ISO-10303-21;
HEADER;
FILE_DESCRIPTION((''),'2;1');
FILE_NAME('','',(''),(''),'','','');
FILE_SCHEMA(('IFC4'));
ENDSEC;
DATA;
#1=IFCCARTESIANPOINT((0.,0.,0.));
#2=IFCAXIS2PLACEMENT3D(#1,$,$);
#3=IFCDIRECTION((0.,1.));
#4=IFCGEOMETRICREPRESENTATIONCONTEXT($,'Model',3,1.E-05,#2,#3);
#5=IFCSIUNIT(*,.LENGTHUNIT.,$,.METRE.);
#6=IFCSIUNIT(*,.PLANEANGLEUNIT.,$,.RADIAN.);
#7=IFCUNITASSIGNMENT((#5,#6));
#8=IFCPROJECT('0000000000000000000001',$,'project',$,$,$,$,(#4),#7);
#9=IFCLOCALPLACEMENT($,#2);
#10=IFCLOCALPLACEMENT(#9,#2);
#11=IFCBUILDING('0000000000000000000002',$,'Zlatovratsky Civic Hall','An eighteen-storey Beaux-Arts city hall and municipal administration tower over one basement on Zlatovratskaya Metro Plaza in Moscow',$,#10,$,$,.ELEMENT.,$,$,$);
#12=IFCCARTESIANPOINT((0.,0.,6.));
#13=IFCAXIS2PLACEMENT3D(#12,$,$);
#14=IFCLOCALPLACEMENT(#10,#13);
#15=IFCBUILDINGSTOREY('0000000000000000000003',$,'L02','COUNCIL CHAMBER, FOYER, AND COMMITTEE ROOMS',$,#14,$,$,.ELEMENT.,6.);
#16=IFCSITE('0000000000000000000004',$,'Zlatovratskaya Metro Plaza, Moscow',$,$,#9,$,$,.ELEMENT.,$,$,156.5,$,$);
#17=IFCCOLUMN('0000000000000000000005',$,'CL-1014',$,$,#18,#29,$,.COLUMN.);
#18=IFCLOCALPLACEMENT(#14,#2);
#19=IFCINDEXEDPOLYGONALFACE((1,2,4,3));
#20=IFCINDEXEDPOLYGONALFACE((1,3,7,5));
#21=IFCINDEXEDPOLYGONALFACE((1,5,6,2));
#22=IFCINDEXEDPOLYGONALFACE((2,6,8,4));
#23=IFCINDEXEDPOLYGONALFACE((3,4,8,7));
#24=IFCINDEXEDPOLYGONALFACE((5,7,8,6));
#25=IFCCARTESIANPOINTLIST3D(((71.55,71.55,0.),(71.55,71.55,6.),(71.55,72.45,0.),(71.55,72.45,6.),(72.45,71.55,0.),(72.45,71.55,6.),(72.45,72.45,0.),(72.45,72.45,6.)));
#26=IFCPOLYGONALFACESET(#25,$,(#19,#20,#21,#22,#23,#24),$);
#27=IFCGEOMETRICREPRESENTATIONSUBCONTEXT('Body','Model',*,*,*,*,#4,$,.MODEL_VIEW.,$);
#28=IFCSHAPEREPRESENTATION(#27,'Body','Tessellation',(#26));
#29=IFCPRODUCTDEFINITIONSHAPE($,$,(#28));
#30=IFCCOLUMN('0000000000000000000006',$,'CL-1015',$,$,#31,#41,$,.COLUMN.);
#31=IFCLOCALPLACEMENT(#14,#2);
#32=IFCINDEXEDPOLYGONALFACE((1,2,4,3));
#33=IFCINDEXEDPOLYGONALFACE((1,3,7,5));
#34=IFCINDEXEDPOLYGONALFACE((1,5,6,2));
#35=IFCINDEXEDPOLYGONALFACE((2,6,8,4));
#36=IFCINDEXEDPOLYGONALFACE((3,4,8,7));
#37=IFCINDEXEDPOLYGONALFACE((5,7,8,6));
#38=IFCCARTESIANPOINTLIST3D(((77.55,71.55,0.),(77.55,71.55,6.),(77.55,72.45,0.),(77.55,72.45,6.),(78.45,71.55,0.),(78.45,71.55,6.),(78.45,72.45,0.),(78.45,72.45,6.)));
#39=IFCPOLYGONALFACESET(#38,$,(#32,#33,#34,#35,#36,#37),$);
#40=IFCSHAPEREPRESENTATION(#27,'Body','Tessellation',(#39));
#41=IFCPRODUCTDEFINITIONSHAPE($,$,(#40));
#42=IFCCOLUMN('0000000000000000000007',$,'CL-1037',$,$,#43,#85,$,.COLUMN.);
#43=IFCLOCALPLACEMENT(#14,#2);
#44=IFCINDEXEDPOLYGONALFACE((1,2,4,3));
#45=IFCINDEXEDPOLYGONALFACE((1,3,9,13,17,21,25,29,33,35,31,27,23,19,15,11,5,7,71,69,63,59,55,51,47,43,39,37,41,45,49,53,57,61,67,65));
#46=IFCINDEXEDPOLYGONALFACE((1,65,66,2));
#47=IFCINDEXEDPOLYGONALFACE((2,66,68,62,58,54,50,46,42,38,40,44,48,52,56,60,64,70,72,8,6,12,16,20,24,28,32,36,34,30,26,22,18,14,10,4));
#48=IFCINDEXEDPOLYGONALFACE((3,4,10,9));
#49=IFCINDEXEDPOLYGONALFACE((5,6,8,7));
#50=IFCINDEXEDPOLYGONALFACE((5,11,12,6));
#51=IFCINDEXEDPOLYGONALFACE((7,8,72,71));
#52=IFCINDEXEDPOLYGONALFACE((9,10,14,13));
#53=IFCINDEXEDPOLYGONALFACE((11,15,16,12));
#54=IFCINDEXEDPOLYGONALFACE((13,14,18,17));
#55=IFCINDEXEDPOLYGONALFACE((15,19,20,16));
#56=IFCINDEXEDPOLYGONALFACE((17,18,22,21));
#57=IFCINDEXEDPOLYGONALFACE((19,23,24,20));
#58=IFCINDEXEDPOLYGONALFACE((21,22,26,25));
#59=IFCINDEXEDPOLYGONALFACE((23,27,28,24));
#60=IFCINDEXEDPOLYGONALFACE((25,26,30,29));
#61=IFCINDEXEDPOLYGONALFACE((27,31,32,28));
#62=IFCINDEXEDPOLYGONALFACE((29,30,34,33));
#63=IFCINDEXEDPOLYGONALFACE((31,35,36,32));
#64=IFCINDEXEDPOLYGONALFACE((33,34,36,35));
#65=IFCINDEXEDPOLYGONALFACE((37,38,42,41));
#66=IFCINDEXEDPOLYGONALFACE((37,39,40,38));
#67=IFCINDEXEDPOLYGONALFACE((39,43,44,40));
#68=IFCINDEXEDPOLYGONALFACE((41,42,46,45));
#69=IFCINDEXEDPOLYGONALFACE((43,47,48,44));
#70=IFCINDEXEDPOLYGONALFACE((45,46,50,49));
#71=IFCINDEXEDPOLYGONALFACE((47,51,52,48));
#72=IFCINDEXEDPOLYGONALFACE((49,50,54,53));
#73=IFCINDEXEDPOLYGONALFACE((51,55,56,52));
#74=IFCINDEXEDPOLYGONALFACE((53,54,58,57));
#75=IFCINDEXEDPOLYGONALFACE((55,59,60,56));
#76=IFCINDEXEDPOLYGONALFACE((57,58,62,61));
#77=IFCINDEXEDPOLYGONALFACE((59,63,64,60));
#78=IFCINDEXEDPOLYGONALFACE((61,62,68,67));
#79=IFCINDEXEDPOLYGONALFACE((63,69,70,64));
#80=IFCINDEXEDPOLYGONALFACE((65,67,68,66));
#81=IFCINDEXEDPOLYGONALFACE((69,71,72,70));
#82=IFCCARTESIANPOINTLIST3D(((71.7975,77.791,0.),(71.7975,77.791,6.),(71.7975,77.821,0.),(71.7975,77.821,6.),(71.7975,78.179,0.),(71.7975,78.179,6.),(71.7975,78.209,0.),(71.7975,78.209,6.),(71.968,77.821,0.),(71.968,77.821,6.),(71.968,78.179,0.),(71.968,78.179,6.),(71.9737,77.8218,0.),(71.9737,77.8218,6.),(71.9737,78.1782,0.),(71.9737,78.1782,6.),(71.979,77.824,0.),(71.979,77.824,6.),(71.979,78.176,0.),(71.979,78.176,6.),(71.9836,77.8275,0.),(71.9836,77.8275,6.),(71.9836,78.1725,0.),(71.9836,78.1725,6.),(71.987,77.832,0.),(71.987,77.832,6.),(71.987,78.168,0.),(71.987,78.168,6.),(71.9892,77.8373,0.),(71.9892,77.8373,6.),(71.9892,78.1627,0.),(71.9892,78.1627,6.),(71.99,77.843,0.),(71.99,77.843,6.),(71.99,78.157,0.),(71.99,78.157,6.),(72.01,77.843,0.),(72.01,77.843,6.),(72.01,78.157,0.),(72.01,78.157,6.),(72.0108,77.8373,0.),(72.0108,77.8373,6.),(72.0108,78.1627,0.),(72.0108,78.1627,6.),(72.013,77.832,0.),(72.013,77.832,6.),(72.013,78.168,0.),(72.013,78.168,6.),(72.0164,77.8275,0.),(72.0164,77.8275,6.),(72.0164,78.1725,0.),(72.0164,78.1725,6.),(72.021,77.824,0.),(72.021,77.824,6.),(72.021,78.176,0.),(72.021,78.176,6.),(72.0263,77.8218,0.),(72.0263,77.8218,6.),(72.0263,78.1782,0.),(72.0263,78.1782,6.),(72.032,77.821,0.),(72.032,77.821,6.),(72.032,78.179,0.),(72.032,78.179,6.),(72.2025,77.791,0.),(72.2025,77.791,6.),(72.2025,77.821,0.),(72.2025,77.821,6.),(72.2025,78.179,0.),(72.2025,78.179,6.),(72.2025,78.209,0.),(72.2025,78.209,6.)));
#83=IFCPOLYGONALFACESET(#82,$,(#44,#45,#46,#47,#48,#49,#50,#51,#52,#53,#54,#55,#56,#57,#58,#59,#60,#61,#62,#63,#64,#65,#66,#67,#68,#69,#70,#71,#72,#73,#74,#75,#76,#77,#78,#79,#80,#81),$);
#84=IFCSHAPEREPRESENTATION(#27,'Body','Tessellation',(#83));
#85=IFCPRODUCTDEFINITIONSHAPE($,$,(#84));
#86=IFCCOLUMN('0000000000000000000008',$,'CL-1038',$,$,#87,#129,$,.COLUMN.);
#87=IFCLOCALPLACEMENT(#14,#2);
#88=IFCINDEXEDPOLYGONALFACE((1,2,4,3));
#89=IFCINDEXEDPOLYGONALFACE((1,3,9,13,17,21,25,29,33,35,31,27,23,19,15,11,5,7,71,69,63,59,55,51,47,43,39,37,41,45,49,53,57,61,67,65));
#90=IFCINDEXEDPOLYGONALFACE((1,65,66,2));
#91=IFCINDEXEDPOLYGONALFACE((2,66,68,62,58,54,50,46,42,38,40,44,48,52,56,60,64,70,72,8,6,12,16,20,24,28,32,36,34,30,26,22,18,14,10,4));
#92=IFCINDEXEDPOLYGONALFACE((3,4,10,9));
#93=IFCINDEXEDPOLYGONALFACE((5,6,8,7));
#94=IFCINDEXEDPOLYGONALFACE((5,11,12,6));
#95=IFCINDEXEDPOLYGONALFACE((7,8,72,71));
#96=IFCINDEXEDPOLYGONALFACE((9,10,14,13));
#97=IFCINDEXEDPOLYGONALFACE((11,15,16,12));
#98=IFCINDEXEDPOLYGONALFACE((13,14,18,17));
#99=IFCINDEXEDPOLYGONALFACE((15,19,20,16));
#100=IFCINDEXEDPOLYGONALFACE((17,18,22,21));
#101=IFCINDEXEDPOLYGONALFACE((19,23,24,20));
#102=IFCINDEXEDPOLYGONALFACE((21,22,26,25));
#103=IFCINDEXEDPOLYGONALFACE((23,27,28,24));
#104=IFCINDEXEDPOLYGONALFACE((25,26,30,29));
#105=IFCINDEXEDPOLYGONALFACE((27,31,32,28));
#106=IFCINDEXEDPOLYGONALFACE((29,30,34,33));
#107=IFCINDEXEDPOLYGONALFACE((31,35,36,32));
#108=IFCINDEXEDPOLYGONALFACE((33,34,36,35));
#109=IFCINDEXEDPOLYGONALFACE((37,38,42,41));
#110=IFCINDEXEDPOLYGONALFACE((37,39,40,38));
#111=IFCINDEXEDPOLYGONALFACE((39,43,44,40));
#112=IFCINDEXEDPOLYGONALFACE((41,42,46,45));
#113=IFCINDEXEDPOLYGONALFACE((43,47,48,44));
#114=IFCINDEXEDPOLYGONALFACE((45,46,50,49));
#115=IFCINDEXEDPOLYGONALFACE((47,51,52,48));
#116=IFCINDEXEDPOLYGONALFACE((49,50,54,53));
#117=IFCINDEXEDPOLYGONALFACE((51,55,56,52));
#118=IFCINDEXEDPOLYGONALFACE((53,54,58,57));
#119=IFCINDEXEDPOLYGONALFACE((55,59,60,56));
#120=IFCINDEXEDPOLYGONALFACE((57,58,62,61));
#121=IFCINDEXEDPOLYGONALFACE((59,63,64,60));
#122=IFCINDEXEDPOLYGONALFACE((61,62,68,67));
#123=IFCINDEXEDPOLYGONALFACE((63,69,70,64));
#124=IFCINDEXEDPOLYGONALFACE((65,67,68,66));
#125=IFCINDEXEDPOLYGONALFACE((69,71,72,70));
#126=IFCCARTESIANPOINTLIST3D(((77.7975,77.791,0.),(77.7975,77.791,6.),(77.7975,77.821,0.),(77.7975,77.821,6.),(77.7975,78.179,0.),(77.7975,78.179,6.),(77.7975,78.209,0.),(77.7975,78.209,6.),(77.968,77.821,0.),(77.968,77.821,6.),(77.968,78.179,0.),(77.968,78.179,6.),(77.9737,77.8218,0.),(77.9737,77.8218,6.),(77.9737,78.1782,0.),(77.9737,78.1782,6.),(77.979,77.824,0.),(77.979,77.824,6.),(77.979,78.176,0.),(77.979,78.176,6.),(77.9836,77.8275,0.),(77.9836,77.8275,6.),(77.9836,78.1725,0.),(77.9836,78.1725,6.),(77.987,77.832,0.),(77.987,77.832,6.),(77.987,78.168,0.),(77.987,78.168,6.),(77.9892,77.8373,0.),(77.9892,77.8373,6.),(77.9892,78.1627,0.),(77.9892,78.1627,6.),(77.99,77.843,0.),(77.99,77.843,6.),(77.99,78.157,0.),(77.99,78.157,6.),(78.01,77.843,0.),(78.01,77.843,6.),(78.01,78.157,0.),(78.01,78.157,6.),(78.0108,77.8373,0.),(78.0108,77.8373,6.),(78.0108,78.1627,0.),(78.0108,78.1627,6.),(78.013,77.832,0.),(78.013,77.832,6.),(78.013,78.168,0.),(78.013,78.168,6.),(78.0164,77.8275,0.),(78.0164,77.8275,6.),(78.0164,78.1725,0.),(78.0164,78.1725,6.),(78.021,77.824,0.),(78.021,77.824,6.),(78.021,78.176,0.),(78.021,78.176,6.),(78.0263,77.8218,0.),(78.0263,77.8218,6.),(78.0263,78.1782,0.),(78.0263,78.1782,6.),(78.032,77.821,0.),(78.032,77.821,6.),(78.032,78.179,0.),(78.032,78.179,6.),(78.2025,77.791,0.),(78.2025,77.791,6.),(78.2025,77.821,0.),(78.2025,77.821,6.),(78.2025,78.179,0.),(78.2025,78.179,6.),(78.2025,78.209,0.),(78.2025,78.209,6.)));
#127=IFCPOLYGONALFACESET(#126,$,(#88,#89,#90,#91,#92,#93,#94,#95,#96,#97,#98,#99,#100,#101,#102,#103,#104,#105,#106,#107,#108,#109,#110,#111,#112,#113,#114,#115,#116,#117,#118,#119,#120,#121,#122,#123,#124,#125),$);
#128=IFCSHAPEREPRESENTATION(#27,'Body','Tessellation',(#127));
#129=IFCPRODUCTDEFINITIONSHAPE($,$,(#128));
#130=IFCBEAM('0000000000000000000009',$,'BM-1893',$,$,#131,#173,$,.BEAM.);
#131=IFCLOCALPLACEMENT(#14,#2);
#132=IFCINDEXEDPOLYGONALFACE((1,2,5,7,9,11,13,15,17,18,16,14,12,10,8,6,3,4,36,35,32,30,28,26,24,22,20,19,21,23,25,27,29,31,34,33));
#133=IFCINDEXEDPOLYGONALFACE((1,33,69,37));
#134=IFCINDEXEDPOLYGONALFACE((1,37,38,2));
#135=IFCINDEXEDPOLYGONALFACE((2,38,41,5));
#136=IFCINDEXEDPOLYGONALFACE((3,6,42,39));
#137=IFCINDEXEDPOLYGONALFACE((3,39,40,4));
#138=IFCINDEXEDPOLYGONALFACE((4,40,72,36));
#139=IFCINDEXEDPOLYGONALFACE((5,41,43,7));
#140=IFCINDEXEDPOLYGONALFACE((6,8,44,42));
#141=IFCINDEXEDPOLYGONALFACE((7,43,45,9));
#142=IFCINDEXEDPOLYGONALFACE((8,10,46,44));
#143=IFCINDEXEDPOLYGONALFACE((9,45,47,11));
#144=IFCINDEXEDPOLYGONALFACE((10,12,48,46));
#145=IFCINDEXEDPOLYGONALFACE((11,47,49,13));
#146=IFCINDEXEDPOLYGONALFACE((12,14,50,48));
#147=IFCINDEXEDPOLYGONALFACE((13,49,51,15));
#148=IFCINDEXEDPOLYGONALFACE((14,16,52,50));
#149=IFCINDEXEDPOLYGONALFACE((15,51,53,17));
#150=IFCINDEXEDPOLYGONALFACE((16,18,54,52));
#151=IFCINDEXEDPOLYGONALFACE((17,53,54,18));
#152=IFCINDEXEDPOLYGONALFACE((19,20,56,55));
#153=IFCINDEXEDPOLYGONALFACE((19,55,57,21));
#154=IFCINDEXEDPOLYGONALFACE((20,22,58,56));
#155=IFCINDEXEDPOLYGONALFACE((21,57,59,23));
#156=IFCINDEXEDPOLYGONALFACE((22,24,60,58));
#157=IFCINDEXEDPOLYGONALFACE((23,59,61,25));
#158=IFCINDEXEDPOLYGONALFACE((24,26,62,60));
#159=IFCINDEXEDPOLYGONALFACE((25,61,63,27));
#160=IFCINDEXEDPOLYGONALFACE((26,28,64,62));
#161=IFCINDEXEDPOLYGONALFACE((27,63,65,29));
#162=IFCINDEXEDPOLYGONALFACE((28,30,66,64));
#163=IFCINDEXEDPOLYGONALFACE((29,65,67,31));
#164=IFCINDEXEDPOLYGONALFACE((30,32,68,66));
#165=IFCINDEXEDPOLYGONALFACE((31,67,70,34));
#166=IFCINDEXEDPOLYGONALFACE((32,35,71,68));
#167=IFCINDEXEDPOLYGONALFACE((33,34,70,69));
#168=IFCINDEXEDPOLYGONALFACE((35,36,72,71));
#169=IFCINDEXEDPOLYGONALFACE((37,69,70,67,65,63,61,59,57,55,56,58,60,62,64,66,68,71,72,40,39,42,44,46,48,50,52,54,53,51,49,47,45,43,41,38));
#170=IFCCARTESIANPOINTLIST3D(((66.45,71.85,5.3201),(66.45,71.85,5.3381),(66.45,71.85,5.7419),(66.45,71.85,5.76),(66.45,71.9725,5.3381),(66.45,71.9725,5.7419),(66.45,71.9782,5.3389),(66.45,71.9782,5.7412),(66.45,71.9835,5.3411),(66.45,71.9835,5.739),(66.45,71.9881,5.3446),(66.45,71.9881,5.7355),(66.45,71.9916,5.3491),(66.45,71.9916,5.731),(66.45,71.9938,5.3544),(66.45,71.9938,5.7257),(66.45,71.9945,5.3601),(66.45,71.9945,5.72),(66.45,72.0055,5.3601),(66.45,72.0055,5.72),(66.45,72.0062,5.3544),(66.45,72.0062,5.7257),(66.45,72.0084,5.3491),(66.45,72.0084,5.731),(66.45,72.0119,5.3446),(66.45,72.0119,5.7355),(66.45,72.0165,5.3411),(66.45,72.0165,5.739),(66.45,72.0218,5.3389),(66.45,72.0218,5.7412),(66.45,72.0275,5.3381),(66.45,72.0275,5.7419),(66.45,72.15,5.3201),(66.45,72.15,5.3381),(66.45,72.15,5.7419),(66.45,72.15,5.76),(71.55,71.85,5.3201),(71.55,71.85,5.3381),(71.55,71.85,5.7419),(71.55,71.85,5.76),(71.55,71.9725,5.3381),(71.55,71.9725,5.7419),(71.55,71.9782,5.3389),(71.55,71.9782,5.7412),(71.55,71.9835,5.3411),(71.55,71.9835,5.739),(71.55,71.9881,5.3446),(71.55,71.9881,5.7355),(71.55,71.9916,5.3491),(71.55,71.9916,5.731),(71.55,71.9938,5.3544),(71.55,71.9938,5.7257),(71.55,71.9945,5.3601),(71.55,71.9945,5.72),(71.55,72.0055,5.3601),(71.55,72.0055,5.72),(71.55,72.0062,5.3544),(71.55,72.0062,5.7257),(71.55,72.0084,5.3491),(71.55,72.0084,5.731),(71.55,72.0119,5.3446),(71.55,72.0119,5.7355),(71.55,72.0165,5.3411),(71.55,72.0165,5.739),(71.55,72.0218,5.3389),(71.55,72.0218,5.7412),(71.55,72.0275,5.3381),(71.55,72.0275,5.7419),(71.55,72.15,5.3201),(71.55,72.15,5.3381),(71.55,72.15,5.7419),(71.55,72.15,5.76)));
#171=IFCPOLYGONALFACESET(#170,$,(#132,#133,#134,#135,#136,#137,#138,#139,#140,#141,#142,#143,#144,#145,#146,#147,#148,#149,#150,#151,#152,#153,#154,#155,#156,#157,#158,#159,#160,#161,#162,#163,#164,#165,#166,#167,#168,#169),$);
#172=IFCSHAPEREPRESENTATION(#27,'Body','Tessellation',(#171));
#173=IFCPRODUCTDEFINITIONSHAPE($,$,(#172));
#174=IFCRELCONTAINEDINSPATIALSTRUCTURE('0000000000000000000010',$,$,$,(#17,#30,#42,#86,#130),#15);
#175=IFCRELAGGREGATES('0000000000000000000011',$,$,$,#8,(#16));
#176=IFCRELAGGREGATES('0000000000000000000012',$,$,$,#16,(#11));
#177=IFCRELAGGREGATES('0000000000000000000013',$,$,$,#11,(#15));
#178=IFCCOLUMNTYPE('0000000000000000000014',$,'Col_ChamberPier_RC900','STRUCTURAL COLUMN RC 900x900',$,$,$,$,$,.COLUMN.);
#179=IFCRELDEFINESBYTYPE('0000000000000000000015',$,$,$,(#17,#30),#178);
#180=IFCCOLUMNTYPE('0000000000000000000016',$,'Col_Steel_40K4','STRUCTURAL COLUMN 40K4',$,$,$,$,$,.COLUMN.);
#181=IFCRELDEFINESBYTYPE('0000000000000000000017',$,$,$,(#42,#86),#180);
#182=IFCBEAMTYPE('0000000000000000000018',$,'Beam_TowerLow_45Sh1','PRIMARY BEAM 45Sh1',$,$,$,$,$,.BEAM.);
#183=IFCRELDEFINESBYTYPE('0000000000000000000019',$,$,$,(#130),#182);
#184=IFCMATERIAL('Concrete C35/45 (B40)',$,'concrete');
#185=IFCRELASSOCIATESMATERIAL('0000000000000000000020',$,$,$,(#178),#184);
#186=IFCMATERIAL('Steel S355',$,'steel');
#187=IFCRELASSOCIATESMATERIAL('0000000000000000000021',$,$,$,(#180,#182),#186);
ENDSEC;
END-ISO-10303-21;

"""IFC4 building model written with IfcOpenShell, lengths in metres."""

from ifc_helpers import new_model, si_unit, direction, frame, origin, origin_2d, place, context, subcontext, project, spatial, rectangle, i_section, extrude, material, material_profile, profile_set, type_object, element, save


model = new_model("IFC4")

# Units and contexts
model_context = context("Model", 3, precision=1e-05, world=origin(), true_north=direction((0.0, 1.0)))
body_context = subcontext(model_context, "Body", "Model", "MODEL_VIEW")
ifc_project = project(units=[si_unit("LENGTHUNIT", "METRE"), si_unit("PLANEANGLEUNIT", "RADIAN")], contexts=[model_context])

# Site, building, storey
site_placement = place(None, origin())
site = spatial("IfcSite", under=ifc_project, at=site_placement, Name="Zlatovratskaya Metro Plaza, Moscow", CompositionType="ELEMENT", RefElevation=156.5)
building_placement = place(site_placement, origin())
building = spatial("IfcBuilding", under=site, at=building_placement, Name="Zlatovratsky Civic Hall", Description="An eighteen-storey Beaux-Arts city hall and municipal administration tower over one basement on Zlatovratskaya Metro Plaza in Moscow", CompositionType="ELEMENT")
storey_placement = place(building_placement, frame((0.0, 0.0, 6.0)))
storey = spatial("IfcBuildingStorey", under=building, at=storey_placement, Name="L02", Description="COUNCIL CHAMBER, FOYER, AND COMMITTEE ROOMS", CompositionType="ELEMENT", Elevation=6.0)

# Columns
ifc_material_1 = material(Name="Concrete C35/45 (B40)", Category="concrete")
ifc_material_profile_1 = material_profile(ifc_material_1, rectangle(XDim=0.8999, YDim=0.8999, at=origin_2d()), Name="RC 900x900")
ifc_profile_set_1 = profile_set([ifc_material_profile_1], Name="Concrete C35/45 (B40)")
column_type_1 = type_object("IfcColumnType", Name="Col_ChamberPier_RC900", Description="STRUCTURAL COLUMN RC 900x900", PredefinedType="COLUMN", material=ifc_profile_set_1)
for number, where, z_axis, x_axis, name in (
    (1, (72.0, 72.0, 0.0), (0.0, 0.0, 1.0), (1.0, 0.0, 0.0), "CL-1014"),
    (2, (78.0, 72.0, 0.0), (0.0, 0.0, 1.0), (1.0, 0.0, 0.0), "CL-1015"),
):
    element("IfcColumn", number, at=place(storey_placement, frame(where, z_axis=z_axis, x_axis=x_axis)), inside=storey, type_object=column_type_1, Name=name, PredefinedType="COLUMN", context=body_context, shape_type="SweptSolid", body=[
        extrude(rectangle(XDim=0.8999, YDim=0.8999, at=origin_2d()), origin(), (0.0, 0.0, 1.0), 6.0),
    ])
ifc_material_2 = material(Name="Steel S355", Category="steel")
ifc_material_profile_2 = material_profile(ifc_material_2, i_section(OverallWidth=0.405, OverallDepth=0.418, WebThickness=0.02, FlangeThickness=0.03, FilletRadius=0.022, at=origin_2d()), Name="40K4")
ifc_profile_set_2 = profile_set([ifc_material_profile_2], Name="Steel S355")
column_type_2 = type_object("IfcColumnType", Name="Col_Steel_40K4", Description="STRUCTURAL COLUMN 40K4", PredefinedType="COLUMN", material=ifc_profile_set_2)
for number, where, z_axis, x_axis, name in (
    (3, (72.0, 78.0, 0.0), (0.0, 0.0, 1.0), (1.0, 0.0, 0.0), "CL-1037"),
    (4, (78.0, 78.0, 0.0), (0.0, 0.0, 1.0), (1.0, 0.0, 0.0), "CL-1038"),
):
    element("IfcColumn", number, at=place(storey_placement, frame(where, z_axis=z_axis, x_axis=x_axis)), inside=storey, type_object=column_type_2, Name=name, PredefinedType="COLUMN", context=body_context, shape_type="SweptSolid", body=[
        extrude(i_section(OverallWidth=0.405, OverallDepth=0.418, WebThickness=0.02, FlangeThickness=0.03, FilletRadius=0.022, at=origin_2d()), origin(), (0.0, 0.0, 1.0), 6.0),
    ])

# Beam
ifc_material_profile_3 = material_profile(ifc_material_2, i_section(OverallWidth=0.3, OverallDepth=0.4399, WebThickness=0.011, FlangeThickness=0.0181, FilletRadius=0.022, at=origin_2d()), Name="45Sh1")
ifc_profile_set_3 = profile_set([ifc_material_profile_3], Name="Steel S355")
beam_type = type_object("IfcBeamType", Name="Beam_TowerLow_45Sh1", Description="PRIMARY BEAM 45Sh1", PredefinedType="BEAM", material=ifc_profile_set_3)
for number, where, z_axis, x_axis, name in (
    (5, (66.45, 72.0, 5.54), (1.0, 0.0, 0.0), (0.0, 1.0, 0.0), "BM-1893"),
):
    element("IfcBeam", number, at=place(storey_placement, frame(where, z_axis=z_axis, x_axis=x_axis)), inside=storey, type_object=beam_type, Name=name, PredefinedType="BEAM", context=body_context, shape_type="SweptSolid", body=[
        extrude(i_section(OverallWidth=0.3, OverallDepth=0.4399, WebThickness=0.011, FlangeThickness=0.0181, FilletRadius=0.022, at=origin_2d()), origin(), (0.0, 0.0, 1.0), 5.1001),
    ])

save(model, "model.ifc")
